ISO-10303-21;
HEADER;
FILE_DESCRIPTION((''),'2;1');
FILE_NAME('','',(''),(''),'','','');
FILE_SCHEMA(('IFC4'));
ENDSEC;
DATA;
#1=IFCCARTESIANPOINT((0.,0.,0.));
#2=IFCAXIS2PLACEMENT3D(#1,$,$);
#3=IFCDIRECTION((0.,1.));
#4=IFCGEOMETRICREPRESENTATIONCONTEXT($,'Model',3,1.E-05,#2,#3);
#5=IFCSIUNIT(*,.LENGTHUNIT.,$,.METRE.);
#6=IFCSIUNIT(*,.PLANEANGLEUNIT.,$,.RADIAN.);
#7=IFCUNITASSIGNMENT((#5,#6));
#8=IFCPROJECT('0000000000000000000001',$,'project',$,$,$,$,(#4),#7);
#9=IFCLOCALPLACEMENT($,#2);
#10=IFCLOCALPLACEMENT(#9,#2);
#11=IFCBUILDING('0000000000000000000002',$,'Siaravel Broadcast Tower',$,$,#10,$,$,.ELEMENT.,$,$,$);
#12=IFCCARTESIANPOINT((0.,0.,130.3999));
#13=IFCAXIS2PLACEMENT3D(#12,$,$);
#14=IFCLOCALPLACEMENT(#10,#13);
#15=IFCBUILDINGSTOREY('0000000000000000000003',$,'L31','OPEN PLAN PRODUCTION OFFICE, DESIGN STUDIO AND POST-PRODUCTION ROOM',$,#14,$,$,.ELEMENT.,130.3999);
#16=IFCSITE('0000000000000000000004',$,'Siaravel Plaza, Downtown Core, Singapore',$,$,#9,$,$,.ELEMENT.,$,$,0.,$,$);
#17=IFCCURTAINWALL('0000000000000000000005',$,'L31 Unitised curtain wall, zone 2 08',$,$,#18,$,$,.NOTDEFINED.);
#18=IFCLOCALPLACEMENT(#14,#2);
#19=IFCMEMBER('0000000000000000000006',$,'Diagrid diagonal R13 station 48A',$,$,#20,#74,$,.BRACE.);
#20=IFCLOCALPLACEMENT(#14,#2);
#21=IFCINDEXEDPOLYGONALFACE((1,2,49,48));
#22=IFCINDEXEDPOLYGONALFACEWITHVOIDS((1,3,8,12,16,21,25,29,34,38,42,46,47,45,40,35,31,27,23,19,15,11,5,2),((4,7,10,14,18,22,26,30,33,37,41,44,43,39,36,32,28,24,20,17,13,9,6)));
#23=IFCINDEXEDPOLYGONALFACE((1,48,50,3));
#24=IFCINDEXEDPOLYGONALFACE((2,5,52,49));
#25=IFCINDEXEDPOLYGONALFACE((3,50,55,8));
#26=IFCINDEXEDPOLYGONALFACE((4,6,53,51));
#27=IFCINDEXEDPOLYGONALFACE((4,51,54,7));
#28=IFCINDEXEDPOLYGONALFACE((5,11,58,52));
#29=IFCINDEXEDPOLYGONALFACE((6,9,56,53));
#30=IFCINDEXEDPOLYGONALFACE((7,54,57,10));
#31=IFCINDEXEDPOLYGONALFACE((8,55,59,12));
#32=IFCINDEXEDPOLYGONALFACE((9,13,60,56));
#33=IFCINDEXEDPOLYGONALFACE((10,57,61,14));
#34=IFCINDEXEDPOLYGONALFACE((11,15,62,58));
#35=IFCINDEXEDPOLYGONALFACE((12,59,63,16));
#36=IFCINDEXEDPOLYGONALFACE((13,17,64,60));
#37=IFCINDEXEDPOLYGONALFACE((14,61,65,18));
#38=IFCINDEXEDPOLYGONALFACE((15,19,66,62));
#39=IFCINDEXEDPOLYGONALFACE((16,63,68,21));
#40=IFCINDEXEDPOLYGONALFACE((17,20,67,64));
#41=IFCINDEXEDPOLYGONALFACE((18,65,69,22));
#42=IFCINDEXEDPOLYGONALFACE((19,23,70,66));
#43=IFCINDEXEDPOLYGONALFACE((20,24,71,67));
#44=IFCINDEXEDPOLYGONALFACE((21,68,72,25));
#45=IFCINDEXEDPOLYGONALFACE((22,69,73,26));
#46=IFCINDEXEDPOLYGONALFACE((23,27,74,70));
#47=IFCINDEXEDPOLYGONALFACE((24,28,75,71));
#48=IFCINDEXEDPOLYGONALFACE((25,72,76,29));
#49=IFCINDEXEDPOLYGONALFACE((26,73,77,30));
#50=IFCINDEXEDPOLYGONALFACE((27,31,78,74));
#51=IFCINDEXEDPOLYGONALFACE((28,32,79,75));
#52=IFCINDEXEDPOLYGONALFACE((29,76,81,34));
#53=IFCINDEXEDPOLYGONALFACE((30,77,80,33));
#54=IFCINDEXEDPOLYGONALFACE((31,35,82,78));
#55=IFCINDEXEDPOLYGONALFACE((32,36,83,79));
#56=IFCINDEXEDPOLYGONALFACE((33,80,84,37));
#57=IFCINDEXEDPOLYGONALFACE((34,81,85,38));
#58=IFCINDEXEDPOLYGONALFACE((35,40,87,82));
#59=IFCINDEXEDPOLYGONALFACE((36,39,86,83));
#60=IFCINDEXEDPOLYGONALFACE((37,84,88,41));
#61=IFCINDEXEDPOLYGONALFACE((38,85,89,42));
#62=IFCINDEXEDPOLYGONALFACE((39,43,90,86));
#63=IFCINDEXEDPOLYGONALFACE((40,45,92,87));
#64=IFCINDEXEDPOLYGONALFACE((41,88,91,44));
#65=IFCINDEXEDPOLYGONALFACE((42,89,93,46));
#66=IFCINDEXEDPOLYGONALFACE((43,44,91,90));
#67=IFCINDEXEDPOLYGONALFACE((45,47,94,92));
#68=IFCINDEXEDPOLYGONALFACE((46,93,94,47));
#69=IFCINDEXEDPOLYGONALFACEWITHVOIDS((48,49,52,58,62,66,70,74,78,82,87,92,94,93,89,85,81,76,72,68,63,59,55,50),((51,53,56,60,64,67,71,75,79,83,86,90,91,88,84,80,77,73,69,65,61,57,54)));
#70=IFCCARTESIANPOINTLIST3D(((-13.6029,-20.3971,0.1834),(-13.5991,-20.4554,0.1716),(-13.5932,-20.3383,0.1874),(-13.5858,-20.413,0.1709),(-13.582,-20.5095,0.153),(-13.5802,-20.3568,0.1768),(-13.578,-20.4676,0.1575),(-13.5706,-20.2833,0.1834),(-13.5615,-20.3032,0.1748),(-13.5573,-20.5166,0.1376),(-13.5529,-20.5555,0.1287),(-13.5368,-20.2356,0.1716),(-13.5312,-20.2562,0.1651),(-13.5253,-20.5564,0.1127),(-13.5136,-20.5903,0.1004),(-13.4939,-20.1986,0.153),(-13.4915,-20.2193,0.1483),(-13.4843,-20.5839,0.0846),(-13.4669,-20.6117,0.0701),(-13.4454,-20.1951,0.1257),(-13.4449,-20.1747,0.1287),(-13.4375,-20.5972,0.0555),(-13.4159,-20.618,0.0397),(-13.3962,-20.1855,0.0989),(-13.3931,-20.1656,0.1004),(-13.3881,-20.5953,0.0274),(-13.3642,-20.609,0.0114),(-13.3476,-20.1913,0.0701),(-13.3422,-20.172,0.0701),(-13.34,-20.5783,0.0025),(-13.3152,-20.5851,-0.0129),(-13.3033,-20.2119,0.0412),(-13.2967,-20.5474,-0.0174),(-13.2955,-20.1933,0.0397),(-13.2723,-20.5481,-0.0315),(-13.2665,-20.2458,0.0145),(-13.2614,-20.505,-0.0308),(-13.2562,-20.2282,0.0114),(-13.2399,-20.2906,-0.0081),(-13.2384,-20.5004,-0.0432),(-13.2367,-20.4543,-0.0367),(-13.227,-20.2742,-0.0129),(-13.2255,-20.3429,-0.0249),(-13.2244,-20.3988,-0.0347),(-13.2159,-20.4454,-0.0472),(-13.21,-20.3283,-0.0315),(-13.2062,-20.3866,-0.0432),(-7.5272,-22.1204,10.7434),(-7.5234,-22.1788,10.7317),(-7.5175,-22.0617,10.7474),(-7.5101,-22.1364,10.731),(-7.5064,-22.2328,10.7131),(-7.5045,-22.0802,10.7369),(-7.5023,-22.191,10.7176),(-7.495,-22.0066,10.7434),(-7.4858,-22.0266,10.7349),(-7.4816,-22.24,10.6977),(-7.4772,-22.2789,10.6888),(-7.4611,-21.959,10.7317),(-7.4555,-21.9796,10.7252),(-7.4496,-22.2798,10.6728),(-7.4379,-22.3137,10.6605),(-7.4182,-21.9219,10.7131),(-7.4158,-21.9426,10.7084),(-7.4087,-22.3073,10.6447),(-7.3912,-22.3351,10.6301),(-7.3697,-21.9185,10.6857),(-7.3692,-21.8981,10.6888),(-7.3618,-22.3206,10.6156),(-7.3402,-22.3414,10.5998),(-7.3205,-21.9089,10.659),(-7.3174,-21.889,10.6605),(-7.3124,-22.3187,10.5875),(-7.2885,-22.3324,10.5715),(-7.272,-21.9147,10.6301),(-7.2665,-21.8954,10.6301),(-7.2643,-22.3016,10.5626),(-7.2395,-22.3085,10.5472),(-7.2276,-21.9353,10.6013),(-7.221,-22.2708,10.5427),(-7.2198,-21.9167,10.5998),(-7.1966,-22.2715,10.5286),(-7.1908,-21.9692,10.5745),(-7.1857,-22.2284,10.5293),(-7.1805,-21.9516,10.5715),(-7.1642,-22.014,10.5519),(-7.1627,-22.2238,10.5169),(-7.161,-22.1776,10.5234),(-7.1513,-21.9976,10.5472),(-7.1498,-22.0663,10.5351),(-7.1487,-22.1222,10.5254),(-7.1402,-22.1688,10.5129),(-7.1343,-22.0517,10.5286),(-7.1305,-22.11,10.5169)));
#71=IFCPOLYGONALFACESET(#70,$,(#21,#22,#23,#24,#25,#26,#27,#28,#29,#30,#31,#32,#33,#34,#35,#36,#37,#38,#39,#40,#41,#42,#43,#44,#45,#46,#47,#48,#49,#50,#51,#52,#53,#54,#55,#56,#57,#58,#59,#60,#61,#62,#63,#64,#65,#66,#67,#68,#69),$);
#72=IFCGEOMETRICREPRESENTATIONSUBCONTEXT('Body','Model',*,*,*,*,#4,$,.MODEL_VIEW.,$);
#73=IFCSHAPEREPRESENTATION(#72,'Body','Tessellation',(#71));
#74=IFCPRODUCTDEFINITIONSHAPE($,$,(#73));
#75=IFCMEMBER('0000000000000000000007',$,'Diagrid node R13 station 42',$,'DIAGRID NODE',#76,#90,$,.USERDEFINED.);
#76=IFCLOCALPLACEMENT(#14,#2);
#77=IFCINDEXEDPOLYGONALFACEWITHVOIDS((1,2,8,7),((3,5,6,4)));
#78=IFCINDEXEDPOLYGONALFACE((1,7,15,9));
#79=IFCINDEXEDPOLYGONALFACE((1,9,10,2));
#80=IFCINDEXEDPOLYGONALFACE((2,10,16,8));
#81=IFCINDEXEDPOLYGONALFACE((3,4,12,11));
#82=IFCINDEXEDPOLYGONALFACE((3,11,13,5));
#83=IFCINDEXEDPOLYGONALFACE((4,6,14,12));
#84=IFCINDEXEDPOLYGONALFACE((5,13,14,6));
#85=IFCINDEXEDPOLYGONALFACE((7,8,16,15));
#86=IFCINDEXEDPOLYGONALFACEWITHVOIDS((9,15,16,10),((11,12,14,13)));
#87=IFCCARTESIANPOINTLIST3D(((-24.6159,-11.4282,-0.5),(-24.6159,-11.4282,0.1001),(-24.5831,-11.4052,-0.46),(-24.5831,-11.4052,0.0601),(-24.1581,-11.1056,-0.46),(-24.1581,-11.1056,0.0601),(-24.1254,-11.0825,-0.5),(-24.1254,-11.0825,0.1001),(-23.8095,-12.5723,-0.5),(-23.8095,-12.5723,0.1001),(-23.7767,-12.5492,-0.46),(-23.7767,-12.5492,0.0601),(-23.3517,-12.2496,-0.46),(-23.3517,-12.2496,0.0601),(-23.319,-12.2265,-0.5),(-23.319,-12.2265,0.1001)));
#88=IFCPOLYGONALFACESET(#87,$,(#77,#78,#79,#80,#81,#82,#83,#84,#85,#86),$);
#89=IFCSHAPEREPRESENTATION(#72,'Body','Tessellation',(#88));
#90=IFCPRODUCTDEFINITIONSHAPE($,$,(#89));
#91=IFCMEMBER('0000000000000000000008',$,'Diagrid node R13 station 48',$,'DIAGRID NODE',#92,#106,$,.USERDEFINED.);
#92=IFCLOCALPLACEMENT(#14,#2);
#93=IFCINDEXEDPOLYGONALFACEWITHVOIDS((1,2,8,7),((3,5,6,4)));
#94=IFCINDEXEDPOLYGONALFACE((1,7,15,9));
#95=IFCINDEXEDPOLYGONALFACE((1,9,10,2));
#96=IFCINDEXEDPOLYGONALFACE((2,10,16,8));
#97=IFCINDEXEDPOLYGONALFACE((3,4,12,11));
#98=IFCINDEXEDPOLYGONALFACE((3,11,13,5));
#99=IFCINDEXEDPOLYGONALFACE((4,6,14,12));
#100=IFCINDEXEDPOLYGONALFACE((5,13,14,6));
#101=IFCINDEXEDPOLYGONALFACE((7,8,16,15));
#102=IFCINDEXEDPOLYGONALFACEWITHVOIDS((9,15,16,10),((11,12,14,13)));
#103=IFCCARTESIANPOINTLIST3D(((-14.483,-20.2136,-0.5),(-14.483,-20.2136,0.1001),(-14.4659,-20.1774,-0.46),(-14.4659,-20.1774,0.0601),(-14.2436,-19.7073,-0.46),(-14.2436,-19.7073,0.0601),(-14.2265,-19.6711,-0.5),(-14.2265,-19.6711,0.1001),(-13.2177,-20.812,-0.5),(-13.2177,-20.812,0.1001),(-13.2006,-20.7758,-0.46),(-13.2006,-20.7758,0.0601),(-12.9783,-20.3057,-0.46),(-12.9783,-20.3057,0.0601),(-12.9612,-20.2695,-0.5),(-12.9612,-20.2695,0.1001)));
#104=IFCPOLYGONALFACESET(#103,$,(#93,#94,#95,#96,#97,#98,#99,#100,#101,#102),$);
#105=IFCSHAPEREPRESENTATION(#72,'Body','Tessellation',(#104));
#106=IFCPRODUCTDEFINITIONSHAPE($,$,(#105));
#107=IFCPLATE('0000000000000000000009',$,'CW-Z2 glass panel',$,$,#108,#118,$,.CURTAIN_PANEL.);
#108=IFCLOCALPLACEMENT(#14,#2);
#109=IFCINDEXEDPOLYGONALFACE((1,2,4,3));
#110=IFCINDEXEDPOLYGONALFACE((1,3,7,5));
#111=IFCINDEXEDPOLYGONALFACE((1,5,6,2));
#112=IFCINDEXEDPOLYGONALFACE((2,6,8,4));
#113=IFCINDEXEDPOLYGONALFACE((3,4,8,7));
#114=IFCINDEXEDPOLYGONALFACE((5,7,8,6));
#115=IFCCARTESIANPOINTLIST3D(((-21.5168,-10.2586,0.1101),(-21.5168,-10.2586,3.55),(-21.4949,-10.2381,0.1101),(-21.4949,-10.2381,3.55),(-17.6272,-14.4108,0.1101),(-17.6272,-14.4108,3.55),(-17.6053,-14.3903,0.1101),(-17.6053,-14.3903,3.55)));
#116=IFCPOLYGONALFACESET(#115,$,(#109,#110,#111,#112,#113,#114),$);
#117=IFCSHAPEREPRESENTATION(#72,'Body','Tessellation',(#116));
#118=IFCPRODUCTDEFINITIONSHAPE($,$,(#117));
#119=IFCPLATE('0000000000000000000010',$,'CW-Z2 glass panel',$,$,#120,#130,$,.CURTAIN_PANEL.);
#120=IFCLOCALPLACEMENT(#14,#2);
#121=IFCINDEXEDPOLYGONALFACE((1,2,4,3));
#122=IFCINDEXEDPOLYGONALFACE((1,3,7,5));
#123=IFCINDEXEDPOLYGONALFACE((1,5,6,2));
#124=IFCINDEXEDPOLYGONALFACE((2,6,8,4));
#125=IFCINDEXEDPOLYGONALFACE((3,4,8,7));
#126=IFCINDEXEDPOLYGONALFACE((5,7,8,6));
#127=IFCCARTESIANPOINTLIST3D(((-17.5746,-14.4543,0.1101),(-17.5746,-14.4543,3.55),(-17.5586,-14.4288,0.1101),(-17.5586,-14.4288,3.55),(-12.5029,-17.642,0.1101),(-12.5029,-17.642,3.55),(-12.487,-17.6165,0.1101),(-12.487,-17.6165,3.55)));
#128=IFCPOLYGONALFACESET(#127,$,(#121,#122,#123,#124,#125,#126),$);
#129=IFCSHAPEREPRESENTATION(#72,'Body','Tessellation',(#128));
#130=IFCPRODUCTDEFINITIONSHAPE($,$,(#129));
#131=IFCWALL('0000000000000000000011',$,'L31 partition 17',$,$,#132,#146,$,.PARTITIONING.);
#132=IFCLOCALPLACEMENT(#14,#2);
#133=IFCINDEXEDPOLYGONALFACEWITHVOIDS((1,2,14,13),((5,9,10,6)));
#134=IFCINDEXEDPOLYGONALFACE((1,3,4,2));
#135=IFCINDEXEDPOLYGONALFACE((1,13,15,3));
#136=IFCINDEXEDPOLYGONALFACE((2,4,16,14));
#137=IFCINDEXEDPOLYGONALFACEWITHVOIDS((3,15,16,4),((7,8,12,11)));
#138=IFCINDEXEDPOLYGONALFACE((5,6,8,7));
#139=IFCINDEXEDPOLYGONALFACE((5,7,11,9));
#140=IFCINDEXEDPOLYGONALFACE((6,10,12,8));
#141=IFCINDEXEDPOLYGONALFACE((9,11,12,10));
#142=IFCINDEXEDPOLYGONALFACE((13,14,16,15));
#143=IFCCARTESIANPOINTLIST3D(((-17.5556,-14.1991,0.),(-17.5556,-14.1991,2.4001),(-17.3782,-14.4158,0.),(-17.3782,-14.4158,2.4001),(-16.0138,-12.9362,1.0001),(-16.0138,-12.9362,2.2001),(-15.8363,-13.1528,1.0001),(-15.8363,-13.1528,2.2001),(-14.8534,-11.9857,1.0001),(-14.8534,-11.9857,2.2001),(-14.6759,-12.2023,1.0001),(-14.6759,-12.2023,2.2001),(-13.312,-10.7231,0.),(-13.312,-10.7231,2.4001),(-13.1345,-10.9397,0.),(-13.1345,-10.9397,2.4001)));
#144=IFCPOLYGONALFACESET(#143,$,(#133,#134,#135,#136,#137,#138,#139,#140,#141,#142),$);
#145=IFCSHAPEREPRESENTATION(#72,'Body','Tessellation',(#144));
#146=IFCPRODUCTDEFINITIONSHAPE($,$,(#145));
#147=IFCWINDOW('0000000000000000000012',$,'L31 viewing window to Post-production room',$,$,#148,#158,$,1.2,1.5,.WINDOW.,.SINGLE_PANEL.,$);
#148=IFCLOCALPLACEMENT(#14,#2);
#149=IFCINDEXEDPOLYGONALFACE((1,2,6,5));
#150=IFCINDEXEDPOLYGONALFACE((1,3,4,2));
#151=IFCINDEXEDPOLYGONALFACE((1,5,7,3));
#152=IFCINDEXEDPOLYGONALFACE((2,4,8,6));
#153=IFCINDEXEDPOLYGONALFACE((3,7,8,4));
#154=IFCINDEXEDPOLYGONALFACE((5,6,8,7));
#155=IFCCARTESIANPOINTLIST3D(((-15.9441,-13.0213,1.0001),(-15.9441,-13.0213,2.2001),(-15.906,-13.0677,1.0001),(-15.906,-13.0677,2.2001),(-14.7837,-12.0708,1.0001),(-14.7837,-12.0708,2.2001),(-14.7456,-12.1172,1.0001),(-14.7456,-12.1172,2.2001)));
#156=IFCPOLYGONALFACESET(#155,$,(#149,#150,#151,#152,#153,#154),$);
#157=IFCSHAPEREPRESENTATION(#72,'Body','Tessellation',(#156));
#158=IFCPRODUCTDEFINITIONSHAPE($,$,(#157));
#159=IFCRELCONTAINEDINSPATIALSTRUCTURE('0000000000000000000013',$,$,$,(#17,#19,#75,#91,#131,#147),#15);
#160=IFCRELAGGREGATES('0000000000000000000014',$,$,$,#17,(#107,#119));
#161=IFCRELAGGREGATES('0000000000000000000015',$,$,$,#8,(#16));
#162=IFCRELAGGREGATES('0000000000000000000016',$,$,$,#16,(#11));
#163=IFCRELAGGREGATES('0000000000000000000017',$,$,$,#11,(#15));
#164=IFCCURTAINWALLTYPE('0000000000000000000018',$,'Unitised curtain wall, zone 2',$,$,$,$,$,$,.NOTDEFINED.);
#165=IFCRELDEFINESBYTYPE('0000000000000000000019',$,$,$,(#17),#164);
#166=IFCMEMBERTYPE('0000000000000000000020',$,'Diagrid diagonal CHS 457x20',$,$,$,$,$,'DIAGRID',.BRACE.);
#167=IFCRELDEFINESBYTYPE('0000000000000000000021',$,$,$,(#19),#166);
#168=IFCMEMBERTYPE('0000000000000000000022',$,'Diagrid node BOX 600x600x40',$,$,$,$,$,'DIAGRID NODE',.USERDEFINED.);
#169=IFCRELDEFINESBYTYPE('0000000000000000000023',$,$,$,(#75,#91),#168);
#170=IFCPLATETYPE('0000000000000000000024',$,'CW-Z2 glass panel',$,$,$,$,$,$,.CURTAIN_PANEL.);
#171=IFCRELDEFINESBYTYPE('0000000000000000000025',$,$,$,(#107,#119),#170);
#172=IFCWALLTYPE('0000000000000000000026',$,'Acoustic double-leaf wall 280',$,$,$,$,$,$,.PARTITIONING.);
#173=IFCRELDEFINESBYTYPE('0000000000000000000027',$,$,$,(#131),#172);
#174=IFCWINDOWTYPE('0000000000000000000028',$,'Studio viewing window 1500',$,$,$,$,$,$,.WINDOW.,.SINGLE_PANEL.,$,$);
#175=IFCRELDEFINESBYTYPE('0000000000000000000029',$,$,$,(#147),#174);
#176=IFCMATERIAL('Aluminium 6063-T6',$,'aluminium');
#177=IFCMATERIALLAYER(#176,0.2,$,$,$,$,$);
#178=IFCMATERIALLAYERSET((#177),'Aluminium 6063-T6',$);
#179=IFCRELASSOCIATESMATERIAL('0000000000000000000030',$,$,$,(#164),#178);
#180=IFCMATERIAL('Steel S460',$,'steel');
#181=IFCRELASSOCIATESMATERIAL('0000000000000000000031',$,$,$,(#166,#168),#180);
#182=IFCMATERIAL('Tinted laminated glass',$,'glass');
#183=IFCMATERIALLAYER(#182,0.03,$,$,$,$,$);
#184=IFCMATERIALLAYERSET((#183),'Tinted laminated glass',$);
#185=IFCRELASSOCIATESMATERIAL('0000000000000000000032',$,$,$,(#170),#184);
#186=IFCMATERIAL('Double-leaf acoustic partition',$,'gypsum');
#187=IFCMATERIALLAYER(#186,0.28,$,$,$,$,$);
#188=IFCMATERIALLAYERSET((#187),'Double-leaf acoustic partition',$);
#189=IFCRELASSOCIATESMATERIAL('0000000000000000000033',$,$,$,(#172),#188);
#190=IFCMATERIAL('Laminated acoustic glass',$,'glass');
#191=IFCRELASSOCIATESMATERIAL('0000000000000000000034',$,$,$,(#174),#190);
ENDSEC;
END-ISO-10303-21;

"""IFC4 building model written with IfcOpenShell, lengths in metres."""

from ifc_helpers import new_model, si_unit, direction, frame, frame_2d, origin, origin_2d, place, context, subcontext, project, spatial, rectangle, hollow_rectangle, hollow_circle, extrude, material, layer, layer_set, material_profile, profile_set, type_object, element, fill, aggregate, save


model = new_model("IFC4")

# Units and contexts
model_context = context("Model", 3, precision=1e-05, world=origin(), true_north=direction((0.0, 1.0)))
body_context = subcontext(model_context, "Body", "Model", "MODEL_VIEW")
ifc_project = project(units=[si_unit("LENGTHUNIT", "METRE"), si_unit("PLANEANGLEUNIT", "RADIAN")], contexts=[model_context])

# Site, building, storey
site_placement = place(None, origin())
site = spatial("IfcSite", under=ifc_project, at=site_placement, Name="Siaravel Plaza, Downtown Core, Singapore", CompositionType="ELEMENT", RefElevation=0.0)
building_placement = place(site_placement, origin())
building = spatial("IfcBuilding", under=site, at=building_placement, Name="Siaravel Broadcast Tower", CompositionType="ELEMENT")
storey_placement = place(building_placement, frame((0.0, 0.0, 130.3999)))
storey = spatial("IfcBuildingStorey", under=building, at=storey_placement, Name="L31", Description="OPEN PLAN PRODUCTION OFFICE, DESIGN STUDIO AND POST-PRODUCTION ROOM", CompositionType="ELEMENT", Elevation=130.3999)

# Curtain wall
ifc_material_1 = material(Name="Aluminium 6063-T6", Category="aluminium")
ifc_layer_1 = layer(ifc_material_1, 0.2)
ifc_layer_set_1 = layer_set([ifc_layer_1], Name="Aluminium 6063-T6")
curtain_wall_type = type_object("IfcCurtainWallType", Name="Unitised curtain wall, zone 2", PredefinedType="NOTDEFINED", material=ifc_layer_set_1)
curtain_wall_placement = place(storey_placement, origin())
curtain_wall = element("IfcCurtainWall", 1, at=curtain_wall_placement, inside=storey, type_object=curtain_wall_type, Name="L31 Unitised curtain wall, zone 2 08", PredefinedType="NOTDEFINED")

# Members
ifc_material_2 = material(Name="Steel S460", Category="steel")
ifc_material_profile_1 = material_profile(ifc_material_2, hollow_circle(Radius=0.2285, WallThickness=0.02, at=origin_2d()))
ifc_profile_set_1 = profile_set([ifc_material_profile_1], Name="Steel S460")
member_type_1 = type_object("IfcMemberType", Name="Diagrid diagonal CHS 457x20", ElementType="DIAGRID", PredefinedType="BRACE", material=ifc_profile_set_1)
member_1_placement = place(storey_placement, frame((-13.4045, -20.3918, 0.0701), z_axis=(0.49378, -0.140063, 0.858233), x_axis=(0.272888, 0.962046, 0.0)))
element("IfcMember", 2, at=member_1_placement, inside=storey, type_object=member_type_1, Name="Diagrid diagonal R13 station 48A", PredefinedType="BRACE", context=body_context, shape_type="SweptSolid", body=[
    extrude(hollow_circle(Radius=0.2285, WallThickness=0.02, at=origin_2d()), origin(), (0.0, 0.0, 1.0), 12.3044),
])
ifc_material_profile_2 = material_profile(ifc_material_2, hollow_rectangle(XDim=0.6001, YDim=0.6001, WallThickness=0.04, at=origin_2d()))
ifc_profile_set_2 = profile_set([ifc_material_profile_2], Name="Steel S460")
member_type_2 = type_object("IfcMemberType", Name="Diagrid node BOX 600x600x40", ElementType="DIAGRID NODE", PredefinedType="USERDEFINED", material=ifc_profile_set_2)
for number, where, z_axis, x_axis, name in (
    (3, (-24.3706, -11.2554, -0.2), (0.576128, -0.817359, 0.0), (0.817359, 0.576128, 0.0), "Diagrid node R13 station 42"),
    (4, (-14.3547, -19.9424, -0.2), (0.904015, -0.427501, 0.0), (0.427501, 0.904015, 0.0), "Diagrid node R13 station 48"),
):
    element("IfcMember", number, at=place(storey_placement, frame(where, z_axis=z_axis, x_axis=x_axis)), inside=storey, type_object=member_type_2, Name=name, ObjectType="DIAGRID NODE", PredefinedType="USERDEFINED", context=body_context, shape_type="SweptSolid", body=[
        extrude(hollow_rectangle(XDim=0.6001, YDim=0.6001, WallThickness=0.04, at=origin_2d()), origin(), (0.0, 0.0, 1.0), 1.3997),
    ])

# Plates
ifc_material_3 = material(Name="Tinted laminated glass", Category="glass")
ifc_layer_2 = layer(ifc_material_3, 0.03)
ifc_layer_set_2 = layer_set([ifc_layer_2], Name="Tinted laminated glass")
plate_type = type_object("IfcPlateType", Name="CW-Z2 glass panel", PredefinedType="CURTAIN_PANEL", material=ifc_layer_set_2)
plate_1_placement = place(storey_placement, frame((-19.561, -12.3245, 0.1101), z_axis=(0.0, 0.0, 1.0), x_axis=(0.683653, -0.729807, 0.0)))
plate_1 = element("IfcPlate", 5, at=plate_1_placement, type_object=plate_type, Name="CW-Z2 glass panel", PredefinedType="CURTAIN_PANEL", context=body_context, shape_type="SweptSolid", body=[
    extrude(rectangle(XDim=5.6895, YDim=0.03, at=origin_2d()), origin(), (0.0, 0.0, 1.0), 3.4399),
])
plate_2_placement = place(storey_placement, frame((-15.0308, -16.0354, 0.1101), z_axis=(0.0, 0.0, 1.0), x_axis=(0.846649, -0.532151, 0.0)))
plate_2 = element("IfcPlate", 6, at=plate_2_placement, type_object=plate_type, Name="CW-Z2 glass panel", PredefinedType="CURTAIN_PANEL", context=body_context, shape_type="SweptSolid", body=[
    extrude(rectangle(XDim=5.9902, YDim=0.03, at=origin_2d()), origin(), (0.0, 0.0, 1.0), 3.4399),
])
aggregate(curtain_wall, [plate_1, plate_2])

# Wall, opening, window
ifc_material_4 = material(Name="Double-leaf acoustic partition", Category="gypsum")
ifc_layer_3 = layer(ifc_material_4, 0.28)
ifc_layer_set_3 = layer_set([ifc_layer_3], Name="Double-leaf acoustic partition")
wall_type_1 = type_object("IfcWallType", Name="Acoustic double-leaf wall 280", PredefinedType="PARTITIONING", material=ifc_layer_set_3)
wall_1_placement = place(storey_placement, frame((-17.4668, -14.3074, 0.0), z_axis=(0.0, 0.0, 1.0), x_axis=(0.7736, 0.633674, 0.0)))
wall_1 = element("IfcWall", 7, at=wall_1_placement, inside=storey, type_object=wall_type_1, Name="L31 partition 17", PredefinedType="PARTITIONING", context=body_context, shape_type="SweptSolid", body=[
    extrude(rectangle(XDim=5.4856, YDim=0.28, at=frame_2d((2.7427, 0.0))), origin(), (0.0, 0.0, 1.0), 2.4001),
])
opening_1_placement = place(wall_1_placement, frame((1.9929, 0.0, 1.0)))
opening_1 = element("IfcOpeningElement", 8, at=opening_1_placement, cuts=wall_1, PredefinedType="OPENING", context=body_context, shape_type="SweptSolid", body=[
    extrude(rectangle(XDim=1.5, YDim=1.2, at=frame_2d((0.75, 0.6001))), frame((0.0, 0.1499, 0.0), z_axis=(0.0, -1.0, 0.0), x_axis=(1.0, 0.0, 0.0)), (0.0, 0.0, 1.0), 0.3),
])
ifc_material_5 = material(Name="Laminated acoustic glass", Category="glass")
window_type = type_object("IfcWindowType", Name="Studio viewing window 1500", PartitioningType="SINGLE_PANEL", PredefinedType="WINDOW", material=ifc_material_5)
window_placement = place(opening_1_placement, origin())
window = element("IfcWindow", 9, at=window_placement, inside=storey, type_object=window_type, Name="L31 viewing window to Post-production room", OverallHeight=1.2, OverallWidth=1.5, PartitioningType="SINGLE_PANEL", PredefinedType="WINDOW", context=body_context, shape_type="SweptSolid", body=[
    extrude(rectangle(XDim=1.5, YDim=1.2, at=frame_2d((0.75, 0.6001))), frame((0.0, 0.03, 0.0), z_axis=(0.0, -1.0, 0.0), x_axis=(1.0, 0.0, 0.0)), (0.0, 0.0, 1.0), 0.0601),
])
fill(opening_1, window)

save(model, "model.ifc")
